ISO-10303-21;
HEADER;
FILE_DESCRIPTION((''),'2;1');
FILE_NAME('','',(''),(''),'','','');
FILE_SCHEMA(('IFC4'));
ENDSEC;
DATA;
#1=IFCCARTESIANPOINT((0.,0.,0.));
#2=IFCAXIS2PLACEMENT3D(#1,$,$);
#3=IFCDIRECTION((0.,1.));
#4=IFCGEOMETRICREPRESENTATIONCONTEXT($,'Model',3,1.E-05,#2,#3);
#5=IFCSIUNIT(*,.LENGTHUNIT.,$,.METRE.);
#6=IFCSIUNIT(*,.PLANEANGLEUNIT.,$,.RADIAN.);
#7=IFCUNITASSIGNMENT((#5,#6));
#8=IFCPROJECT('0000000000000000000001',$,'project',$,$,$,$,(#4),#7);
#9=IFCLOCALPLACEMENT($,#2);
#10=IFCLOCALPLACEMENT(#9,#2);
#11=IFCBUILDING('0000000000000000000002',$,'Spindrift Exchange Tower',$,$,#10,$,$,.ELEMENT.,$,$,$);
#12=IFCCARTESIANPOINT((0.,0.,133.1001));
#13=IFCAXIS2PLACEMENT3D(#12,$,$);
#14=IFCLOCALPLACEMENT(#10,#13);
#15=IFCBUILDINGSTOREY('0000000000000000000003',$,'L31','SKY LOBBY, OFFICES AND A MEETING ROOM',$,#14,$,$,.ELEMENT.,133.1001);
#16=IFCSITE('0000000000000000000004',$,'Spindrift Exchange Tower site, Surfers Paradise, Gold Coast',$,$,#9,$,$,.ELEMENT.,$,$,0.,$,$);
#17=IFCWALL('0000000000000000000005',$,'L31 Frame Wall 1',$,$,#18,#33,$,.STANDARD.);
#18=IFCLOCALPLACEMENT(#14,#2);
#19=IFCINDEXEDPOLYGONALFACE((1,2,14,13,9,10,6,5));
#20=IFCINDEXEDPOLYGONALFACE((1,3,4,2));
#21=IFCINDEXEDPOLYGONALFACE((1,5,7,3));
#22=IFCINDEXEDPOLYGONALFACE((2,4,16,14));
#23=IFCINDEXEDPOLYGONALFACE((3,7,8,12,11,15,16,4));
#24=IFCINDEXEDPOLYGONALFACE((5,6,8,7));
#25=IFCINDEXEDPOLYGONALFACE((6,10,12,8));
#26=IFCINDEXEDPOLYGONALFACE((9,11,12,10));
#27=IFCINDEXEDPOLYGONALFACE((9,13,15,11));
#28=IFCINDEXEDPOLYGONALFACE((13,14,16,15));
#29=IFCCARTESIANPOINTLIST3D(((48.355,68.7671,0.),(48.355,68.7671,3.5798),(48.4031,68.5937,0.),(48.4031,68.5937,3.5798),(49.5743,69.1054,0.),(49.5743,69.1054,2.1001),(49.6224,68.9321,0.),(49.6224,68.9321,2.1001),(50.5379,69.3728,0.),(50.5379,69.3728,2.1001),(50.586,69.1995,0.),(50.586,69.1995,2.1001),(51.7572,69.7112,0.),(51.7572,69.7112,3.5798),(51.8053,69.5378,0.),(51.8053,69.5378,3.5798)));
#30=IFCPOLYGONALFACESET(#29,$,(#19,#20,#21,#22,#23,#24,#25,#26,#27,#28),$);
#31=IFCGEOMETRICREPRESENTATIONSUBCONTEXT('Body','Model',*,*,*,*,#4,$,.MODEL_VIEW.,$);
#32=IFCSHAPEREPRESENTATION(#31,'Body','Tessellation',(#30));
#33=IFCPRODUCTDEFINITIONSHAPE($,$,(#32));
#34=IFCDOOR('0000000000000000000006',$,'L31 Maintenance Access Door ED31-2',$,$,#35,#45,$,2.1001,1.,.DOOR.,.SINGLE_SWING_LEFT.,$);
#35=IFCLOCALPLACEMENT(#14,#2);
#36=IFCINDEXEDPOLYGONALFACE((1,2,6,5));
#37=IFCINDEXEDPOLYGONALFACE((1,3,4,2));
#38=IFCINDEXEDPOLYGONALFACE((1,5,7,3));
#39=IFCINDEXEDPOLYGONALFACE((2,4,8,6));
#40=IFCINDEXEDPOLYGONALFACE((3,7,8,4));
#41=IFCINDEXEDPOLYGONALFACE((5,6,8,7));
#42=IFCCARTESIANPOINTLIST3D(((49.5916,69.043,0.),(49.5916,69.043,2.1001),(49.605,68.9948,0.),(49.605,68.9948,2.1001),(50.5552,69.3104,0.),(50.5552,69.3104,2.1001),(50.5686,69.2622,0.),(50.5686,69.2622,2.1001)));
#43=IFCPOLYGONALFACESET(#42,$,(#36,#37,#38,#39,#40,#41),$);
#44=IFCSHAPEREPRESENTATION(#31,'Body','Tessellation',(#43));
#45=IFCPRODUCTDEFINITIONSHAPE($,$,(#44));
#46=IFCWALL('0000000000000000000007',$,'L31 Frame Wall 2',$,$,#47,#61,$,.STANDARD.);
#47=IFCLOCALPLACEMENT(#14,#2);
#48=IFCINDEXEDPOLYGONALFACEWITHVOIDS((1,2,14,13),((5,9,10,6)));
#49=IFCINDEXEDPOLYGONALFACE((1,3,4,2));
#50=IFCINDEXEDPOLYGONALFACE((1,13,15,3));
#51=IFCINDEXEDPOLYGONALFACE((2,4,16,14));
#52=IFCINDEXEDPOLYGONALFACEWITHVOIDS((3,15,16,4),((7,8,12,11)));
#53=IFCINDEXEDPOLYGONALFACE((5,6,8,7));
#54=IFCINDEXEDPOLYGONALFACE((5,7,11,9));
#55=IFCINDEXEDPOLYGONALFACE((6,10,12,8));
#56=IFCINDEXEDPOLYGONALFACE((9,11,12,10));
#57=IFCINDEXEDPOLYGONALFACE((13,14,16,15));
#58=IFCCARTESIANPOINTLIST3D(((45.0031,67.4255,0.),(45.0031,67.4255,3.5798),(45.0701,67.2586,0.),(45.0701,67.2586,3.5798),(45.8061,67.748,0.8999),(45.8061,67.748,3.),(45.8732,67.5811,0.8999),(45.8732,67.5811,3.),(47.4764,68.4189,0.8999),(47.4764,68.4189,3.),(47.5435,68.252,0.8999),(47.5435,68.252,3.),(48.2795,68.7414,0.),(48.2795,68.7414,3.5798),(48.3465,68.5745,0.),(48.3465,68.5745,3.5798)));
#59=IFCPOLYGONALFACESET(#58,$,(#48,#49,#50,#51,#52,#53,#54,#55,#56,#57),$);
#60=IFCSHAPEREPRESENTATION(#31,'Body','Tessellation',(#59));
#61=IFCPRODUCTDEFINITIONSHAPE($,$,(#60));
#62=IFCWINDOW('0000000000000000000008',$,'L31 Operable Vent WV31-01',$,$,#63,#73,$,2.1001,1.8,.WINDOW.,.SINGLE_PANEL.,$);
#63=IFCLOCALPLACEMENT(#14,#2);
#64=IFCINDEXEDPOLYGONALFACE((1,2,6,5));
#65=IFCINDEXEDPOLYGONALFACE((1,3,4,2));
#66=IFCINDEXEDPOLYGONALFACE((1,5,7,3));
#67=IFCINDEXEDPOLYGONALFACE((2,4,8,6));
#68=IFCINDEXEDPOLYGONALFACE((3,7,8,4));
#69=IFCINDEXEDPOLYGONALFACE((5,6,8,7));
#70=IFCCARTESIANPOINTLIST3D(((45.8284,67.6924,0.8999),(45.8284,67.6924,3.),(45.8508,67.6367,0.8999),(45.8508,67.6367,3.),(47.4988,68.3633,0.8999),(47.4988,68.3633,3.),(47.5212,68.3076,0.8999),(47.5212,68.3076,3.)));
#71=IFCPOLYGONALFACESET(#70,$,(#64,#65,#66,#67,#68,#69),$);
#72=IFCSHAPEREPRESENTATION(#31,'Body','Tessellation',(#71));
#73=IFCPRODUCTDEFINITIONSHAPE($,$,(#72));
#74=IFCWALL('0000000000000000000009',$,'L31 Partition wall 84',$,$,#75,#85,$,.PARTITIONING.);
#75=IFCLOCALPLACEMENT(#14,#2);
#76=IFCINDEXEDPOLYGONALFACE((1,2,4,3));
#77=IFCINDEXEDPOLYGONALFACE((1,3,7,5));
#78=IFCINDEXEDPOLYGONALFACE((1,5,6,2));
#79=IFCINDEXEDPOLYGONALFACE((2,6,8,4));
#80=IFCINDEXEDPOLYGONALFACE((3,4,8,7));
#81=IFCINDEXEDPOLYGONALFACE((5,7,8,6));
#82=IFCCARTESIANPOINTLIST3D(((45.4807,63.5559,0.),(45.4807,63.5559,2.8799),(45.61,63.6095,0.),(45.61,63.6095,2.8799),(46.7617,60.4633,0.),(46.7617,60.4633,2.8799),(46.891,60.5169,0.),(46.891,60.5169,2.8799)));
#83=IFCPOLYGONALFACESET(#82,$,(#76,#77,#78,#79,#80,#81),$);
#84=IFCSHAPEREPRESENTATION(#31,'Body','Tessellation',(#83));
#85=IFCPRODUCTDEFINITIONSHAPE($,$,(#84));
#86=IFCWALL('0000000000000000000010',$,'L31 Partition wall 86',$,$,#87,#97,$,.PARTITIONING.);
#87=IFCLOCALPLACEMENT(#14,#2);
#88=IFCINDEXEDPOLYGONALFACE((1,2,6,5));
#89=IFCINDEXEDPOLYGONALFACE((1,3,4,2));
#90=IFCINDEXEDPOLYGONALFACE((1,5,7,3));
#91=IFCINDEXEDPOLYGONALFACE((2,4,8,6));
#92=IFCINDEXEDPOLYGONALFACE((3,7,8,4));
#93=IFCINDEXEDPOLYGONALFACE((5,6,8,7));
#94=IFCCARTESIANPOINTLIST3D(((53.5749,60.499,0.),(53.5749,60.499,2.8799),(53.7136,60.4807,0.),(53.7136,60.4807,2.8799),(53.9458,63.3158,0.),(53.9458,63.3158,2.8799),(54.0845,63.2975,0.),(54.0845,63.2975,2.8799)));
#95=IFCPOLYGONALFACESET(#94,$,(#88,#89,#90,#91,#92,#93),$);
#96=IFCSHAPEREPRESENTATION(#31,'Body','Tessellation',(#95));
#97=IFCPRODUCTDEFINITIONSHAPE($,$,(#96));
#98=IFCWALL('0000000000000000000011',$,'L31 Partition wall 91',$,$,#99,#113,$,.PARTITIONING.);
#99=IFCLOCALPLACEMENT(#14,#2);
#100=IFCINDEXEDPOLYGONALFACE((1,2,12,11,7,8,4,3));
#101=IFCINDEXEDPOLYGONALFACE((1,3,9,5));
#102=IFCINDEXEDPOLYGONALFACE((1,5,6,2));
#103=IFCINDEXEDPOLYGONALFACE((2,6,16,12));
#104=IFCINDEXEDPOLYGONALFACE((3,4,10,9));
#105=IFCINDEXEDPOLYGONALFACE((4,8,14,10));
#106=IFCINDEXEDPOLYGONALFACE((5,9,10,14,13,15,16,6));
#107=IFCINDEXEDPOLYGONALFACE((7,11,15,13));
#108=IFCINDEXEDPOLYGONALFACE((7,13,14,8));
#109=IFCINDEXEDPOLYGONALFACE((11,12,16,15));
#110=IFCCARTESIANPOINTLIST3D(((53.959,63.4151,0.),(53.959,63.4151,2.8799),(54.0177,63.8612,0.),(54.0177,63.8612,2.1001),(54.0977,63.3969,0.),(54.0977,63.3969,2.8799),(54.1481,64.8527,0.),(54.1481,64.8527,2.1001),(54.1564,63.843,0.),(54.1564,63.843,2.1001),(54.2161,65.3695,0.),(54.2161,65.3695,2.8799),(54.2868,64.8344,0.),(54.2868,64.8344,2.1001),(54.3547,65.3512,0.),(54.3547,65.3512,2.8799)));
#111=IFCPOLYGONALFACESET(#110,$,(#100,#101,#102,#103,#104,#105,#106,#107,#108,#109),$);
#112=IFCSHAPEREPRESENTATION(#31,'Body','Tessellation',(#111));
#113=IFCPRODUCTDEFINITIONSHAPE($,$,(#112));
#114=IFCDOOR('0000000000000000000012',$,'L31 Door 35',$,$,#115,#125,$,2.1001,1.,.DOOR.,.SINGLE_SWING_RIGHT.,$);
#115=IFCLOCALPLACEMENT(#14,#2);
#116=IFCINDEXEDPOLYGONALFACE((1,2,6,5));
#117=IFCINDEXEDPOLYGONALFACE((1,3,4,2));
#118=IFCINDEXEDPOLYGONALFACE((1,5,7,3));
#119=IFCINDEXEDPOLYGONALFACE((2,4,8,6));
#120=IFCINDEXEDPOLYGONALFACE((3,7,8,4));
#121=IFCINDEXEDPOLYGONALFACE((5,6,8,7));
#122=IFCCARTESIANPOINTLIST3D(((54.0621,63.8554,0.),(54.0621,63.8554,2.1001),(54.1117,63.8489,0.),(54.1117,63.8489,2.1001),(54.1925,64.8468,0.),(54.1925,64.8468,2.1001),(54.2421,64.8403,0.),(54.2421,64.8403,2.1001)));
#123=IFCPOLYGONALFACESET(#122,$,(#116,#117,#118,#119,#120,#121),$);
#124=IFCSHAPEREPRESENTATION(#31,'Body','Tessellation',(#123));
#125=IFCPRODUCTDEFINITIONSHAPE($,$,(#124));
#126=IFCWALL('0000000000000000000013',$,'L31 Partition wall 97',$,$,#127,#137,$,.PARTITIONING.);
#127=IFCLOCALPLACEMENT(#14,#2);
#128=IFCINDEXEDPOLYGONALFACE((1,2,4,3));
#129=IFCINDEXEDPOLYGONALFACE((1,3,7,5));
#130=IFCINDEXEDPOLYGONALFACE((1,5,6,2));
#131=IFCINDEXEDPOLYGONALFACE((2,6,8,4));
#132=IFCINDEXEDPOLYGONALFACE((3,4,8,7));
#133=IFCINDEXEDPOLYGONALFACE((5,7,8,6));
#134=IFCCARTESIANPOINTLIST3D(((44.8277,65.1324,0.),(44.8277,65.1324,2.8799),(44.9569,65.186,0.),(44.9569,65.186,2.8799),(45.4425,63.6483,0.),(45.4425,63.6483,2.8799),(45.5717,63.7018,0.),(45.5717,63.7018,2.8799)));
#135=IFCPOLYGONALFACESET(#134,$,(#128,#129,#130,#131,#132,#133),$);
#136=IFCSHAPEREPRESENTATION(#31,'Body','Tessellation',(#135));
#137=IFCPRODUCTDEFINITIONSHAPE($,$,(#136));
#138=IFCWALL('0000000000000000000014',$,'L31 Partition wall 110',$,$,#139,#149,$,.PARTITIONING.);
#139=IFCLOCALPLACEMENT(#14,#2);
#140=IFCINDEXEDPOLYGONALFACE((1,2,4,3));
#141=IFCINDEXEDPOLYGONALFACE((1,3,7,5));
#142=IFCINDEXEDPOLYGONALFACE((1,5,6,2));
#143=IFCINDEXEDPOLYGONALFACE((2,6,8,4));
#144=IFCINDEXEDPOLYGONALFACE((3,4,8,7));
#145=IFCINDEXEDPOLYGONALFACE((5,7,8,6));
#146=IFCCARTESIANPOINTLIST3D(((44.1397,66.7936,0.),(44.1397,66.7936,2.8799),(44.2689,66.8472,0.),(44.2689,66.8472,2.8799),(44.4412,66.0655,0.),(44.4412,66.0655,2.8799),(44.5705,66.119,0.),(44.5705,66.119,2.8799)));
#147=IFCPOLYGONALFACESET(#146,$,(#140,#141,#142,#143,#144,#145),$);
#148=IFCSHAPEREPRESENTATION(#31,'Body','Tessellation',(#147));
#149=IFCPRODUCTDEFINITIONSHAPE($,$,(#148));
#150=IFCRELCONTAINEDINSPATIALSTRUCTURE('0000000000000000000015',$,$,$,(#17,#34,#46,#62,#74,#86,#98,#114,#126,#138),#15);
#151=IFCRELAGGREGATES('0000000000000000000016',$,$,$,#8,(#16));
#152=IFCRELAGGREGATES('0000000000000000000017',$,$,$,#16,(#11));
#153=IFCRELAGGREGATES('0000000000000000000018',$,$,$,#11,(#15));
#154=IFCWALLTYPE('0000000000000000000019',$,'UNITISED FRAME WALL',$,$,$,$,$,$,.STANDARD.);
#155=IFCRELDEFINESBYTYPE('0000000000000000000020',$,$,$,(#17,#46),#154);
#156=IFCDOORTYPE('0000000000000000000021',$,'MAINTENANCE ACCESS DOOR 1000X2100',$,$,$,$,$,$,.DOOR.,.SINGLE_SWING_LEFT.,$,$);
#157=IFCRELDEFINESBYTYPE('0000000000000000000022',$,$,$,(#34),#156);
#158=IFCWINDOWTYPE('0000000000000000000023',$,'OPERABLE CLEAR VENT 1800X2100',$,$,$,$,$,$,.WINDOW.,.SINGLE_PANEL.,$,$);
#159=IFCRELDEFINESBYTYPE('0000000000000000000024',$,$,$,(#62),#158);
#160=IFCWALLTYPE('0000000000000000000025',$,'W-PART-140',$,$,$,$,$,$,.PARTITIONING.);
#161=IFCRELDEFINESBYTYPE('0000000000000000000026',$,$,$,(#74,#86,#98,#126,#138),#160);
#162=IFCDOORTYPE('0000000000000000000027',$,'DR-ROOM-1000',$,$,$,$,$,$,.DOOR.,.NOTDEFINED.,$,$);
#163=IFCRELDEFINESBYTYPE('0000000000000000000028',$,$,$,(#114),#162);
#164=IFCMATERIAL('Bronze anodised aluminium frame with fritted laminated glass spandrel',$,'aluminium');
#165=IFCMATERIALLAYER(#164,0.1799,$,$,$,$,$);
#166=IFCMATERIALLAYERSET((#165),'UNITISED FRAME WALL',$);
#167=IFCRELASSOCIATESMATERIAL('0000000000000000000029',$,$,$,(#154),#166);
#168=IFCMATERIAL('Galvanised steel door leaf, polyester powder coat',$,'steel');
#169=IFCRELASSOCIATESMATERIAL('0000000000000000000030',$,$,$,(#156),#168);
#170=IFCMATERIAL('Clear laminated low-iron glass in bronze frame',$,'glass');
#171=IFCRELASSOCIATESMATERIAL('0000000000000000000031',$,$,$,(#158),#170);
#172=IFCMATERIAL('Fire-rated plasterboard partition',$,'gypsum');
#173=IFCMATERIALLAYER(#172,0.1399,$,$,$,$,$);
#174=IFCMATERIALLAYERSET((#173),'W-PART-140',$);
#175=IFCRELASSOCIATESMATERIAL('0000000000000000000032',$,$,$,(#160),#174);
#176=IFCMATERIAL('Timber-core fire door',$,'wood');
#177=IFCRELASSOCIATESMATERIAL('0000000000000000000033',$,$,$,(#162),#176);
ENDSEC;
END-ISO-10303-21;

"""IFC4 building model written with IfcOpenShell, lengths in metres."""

from ifc_helpers import new_model, si_unit, direction, frame, frame_2d, origin, place, context, subcontext, project, spatial, rectangle, extrude, source, transform, mapped, material, layer, layer_set, type_object, element, fill, save


model = new_model("IFC4")

# Units and contexts
model_context = context("Model", 3, precision=1e-05, world=origin(), true_north=direction((0.0, 1.0)))
body_context = subcontext(model_context, "Body", "Model", "MODEL_VIEW")
ifc_project = project(units=[si_unit("LENGTHUNIT", "METRE"), si_unit("PLANEANGLEUNIT", "RADIAN")], contexts=[model_context])

# Site, building, storey
site_placement = place(None, origin())
site = spatial("IfcSite", under=ifc_project, at=site_placement, Name="Spindrift Exchange Tower site, Surfers Paradise, Gold Coast", CompositionType="ELEMENT", RefElevation=0.0)
building_placement = place(site_placement, origin())
building = spatial("IfcBuilding", under=site, at=building_placement, Name="Spindrift Exchange Tower", CompositionType="ELEMENT")
storey_placement = place(building_placement, frame((0.0, 0.0, 133.1001)))
storey = spatial("IfcBuildingStorey", under=building, at=storey_placement, Name="L31", Description="SKY LOBBY, OFFICES AND A MEETING ROOM", CompositionType="ELEMENT", Elevation=133.1001)

# Wall, opening, door
ifc_material_1 = material(Name="Bronze anodised aluminium frame with fritted laminated glass spandrel", Category="aluminium")
ifc_layer_1 = layer(ifc_material_1, 0.1799)
ifc_layer_set_1 = layer_set([ifc_layer_1], Name="UNITISED FRAME WALL")
wall_type_1 = type_object("IfcWallType", Name="UNITISED FRAME WALL", PredefinedType="STANDARD", material=ifc_layer_set_1)
wall_1_placement = place(storey_placement, frame((51.7812, 69.6245, 0.0), z_axis=(0.0, 0.0, 1.0), x_axis=(-0.963586, -0.267398, 0.0)))
wall_1 = element("IfcWall", 1, at=wall_1_placement, inside=storey, type_object=wall_type_1, Name="L31 Frame Wall 1", PredefinedType="STANDARD", context=body_context, shape_type="SweptSolid", body=[
    extrude(rectangle(XDim=3.5308, YDim=0.1799, at=frame_2d((1.7654, 0.0))), origin(), (0.0, 0.0, 1.0), 3.5798),
])
opening_1_placement = place(wall_1_placement, frame((1.2654, 0.0, 0.0)))
opening_1 = element("IfcOpeningElement", 2, at=opening_1_placement, cuts=wall_1, PredefinedType="OPENING", context=body_context, shape_type="SweptSolid", body=[
    extrude(rectangle(XDim=1.0, YDim=2.1001, at=frame_2d((0.5, 1.05))), frame((0.0, 0.0999, 0.0), z_axis=(0.0, -1.0, 0.0), x_axis=(1.0, 0.0, 0.0)), (0.0, 0.0, 1.0), 0.2),
])
ifc_material_2 = material(Name="Galvanised steel door leaf, polyester powder coat", Category="steel")
door_type_1 = type_object("IfcDoorType", Name="MAINTENANCE ACCESS DOOR 1000X2100", OperationType="SINGLE_SWING_LEFT", PredefinedType="DOOR", material=ifc_material_2)
shared_shape_1 = source(origin(), body_context, "Body", "SweptSolid", [
    extrude(rectangle(XDim=1.0, YDim=2.1001, at=frame_2d((0.5, 1.05))), frame((0.0, 0.0249, 0.0), z_axis=(0.0, -1.0, 0.0), x_axis=(1.0, 0.0, 0.0)), (0.0, 0.0, 1.0), 0.05),
])
door_1_placement = place(opening_1_placement, origin())
door_1 = element("IfcDoor", 3, at=door_1_placement, inside=storey, type_object=door_type_1, Name="L31 Maintenance Access Door ED31-2", OperationType="SINGLE_SWING_LEFT", OverallHeight=2.1001, OverallWidth=1.0, PredefinedType="DOOR", context=body_context, shape_type="MappedRepresentation", body=[
    mapped(shared_shape_1, transform((0.0, 0.0, 0.0), scale=1.0)),
])
fill(opening_1, door_1)

# Wall, opening, window
wall_2_placement = place(storey_placement, frame((48.313, 68.658, 0.0), z_axis=(0.0, 0.0, 1.0), x_axis=(-0.927951, -0.372702, 0.0)))
wall_2 = element("IfcWall", 4, at=wall_2_placement, inside=storey, type_object=wall_type_1, Name="L31 Frame Wall 2", PredefinedType="STANDARD", context=body_context, shape_type="SweptSolid", body=[
    extrude(rectangle(XDim=3.5308, YDim=0.1799, at=frame_2d((1.7654, 0.0))), origin(), (0.0, 0.0, 1.0), 3.5798),
])
opening_2_placement = place(wall_2_placement, frame((0.8655, 0.0, 0.8999)))
opening_2 = element("IfcOpeningElement", 5, at=opening_2_placement, cuts=wall_2, PredefinedType="OPENING", context=body_context, shape_type="SweptSolid", body=[
    extrude(rectangle(XDim=1.8, YDim=2.1001, at=frame_2d((0.8999, 1.05))), frame((0.0, 0.0999, 0.0), z_axis=(0.0, -1.0, 0.0), x_axis=(1.0, 0.0, 0.0)), (0.0, 0.0, 1.0), 0.2),
])
ifc_material_3 = material(Name="Clear laminated low-iron glass in bronze frame", Category="glass")
window_type = type_object("IfcWindowType", Name="OPERABLE CLEAR VENT 1800X2100", PartitioningType="SINGLE_PANEL", PredefinedType="WINDOW", material=ifc_material_3)
shared_shape_2 = source(origin(), body_context, "Body", "SweptSolid", [
    extrude(rectangle(XDim=1.8, YDim=2.1001, at=frame_2d((0.8999, 1.05))), frame((0.0, 0.03, 0.0), z_axis=(0.0, -1.0, 0.0), x_axis=(1.0, 0.0, 0.0)), (0.0, 0.0, 1.0), 0.0601),
])
window_placement = place(opening_2_placement, origin())
window = element("IfcWindow", 6, at=window_placement, inside=storey, type_object=window_type, Name="L31 Operable Vent WV31-01", OverallHeight=2.1001, OverallWidth=1.8, PartitioningType="SINGLE_PANEL", PredefinedType="WINDOW", context=body_context, shape_type="MappedRepresentation", body=[
    mapped(shared_shape_2, transform((0.0, 0.0, 0.0), scale=1.0)),
])
fill(opening_2, window)

# Walls
ifc_material_4 = material(Name="Fire-rated plasterboard partition", Category="gypsum")
ifc_layer_2 = layer(ifc_material_4, 0.1399)
ifc_layer_set_2 = layer_set([ifc_layer_2], Name="W-PART-140")
wall_type_2 = type_object("IfcWallType", Name="W-PART-140", PredefinedType="PARTITIONING", material=ifc_layer_set_2)
wall_3_placement = place(storey_placement, frame((46.8264, 60.49, 0.0), z_axis=(0.0, 0.0, 1.0), x_axis=(-0.382693, 0.923875, 0.0)))
element("IfcWall", 7, at=wall_3_placement, inside=storey, type_object=wall_type_2, Name="L31 Partition wall 84", PredefinedType="PARTITIONING", context=body_context, shape_type="SweptSolid", body=[
    extrude(rectangle(XDim=3.3474, YDim=0.1399, at=frame_2d((1.6738, 0.0))), origin(), (0.0, 0.0, 1.0), 2.8799),
])
wall_4_placement = place(storey_placement, frame((53.6443, 60.49, 0.0), z_axis=(0.0, 0.0, 1.0), x_axis=(0.130537, 0.991443, 0.0)))
element("IfcWall", 8, at=wall_4_placement, inside=storey, type_object=wall_type_2, Name="L31 Partition wall 86", PredefinedType="PARTITIONING", context=body_context, shape_type="SweptSolid", body=[
    extrude(rectangle(XDim=2.8411, YDim=0.1399, at=frame_2d((1.4204, 0.0))), origin(), (0.0, 0.0, 1.0), 2.8799),
])

# Wall, opening, door
wall_5_placement = place(storey_placement, frame((54.2854, 65.3604, 0.0), z_axis=(0.0, 0.0, 1.0), x_axis=(-0.130419, -0.991459, 0.0)))
wall_5 = element("IfcWall", 9, at=wall_5_placement, inside=storey, type_object=wall_type_2, Name="L31 Partition wall 91", PredefinedType="PARTITIONING", context=body_context, shape_type="SweptSolid", body=[
    extrude(rectangle(XDim=1.9712, YDim=0.1399, at=frame_2d((0.9856, 0.0))), origin(), (0.0, 0.0, 1.0), 2.8799),
])
opening_3_placement = place(wall_5_placement, frame((0.5212, 0.0, 0.0)))
opening_3 = element("IfcOpeningElement", 10, at=opening_3_placement, cuts=wall_5, PredefinedType="OPENING", context=body_context, shape_type="SweptSolid", body=[
    extrude(rectangle(XDim=1.0, YDim=2.1001, at=frame_2d((0.5, 1.05))), frame((0.0, 0.0798, 0.0), z_axis=(0.0, -1.0, 0.0), x_axis=(1.0, 0.0, 0.0)), (0.0, 0.0, 1.0), 0.1599),
])
ifc_material_5 = material(Name="Timber-core fire door", Category="wood")
door_type_2 = type_object("IfcDoorType", Name="DR-ROOM-1000", OperationType="NOTDEFINED", PredefinedType="DOOR", material=ifc_material_5)
shared_shape_3 = source(origin(), body_context, "Body", "SweptSolid", [
    extrude(rectangle(XDim=1.0, YDim=2.1001, at=frame_2d((0.5, 1.05))), frame((0.0, 0.0249, 0.0), z_axis=(0.0, -1.0, 0.0), x_axis=(1.0, 0.0, 0.0)), (0.0, 0.0, 1.0), 0.05),
])
door_2_placement = place(opening_3_placement, origin())
door_2 = element("IfcDoor", 11, at=door_2_placement, inside=storey, type_object=door_type_2, Name="L31 Door 35", OperationType="SINGLE_SWING_RIGHT", OverallHeight=2.1001, OverallWidth=1.0, PredefinedType="DOOR", context=body_context, shape_type="MappedRepresentation", body=[
    mapped(shared_shape_3, transform((0.0, 0.0, 0.0), scale=1.0)),
])
fill(opening_3, door_2)

# Walls
wall_6_placement = place(storey_placement, frame((45.5071, 63.675, 0.0), z_axis=(0.0, 0.0, 1.0), x_axis=(-0.382683, 0.92388, 0.0)))
element("IfcWall", 12, at=wall_6_placement, inside=storey, type_object=wall_type_2, Name="L31 Partition wall 97", PredefinedType="PARTITIONING", context=body_context, shape_type="SweptSolid", body=[
    extrude(rectangle(XDim=1.6064, YDim=0.1399, at=frame_2d((0.8032, 0.0))), origin(), (0.0, 0.0, 1.0), 2.8799),
])
wall_7_placement = place(storey_placement, frame((44.5059, 66.0923, 0.0), z_axis=(0.0, 0.0, 1.0), x_axis=(-0.382635, 0.9239, 0.0)))
element("IfcWall", 13, at=wall_7_placement, inside=storey, type_object=wall_type_2, Name="L31 Partition wall 110", PredefinedType="PARTITIONING", context=body_context, shape_type="SweptSolid", body=[
    extrude(rectangle(XDim=0.7881, YDim=0.1399, at=frame_2d((0.394, 0.0))), origin(), (0.0, 0.0, 1.0), 2.8799),
])

save(model, "model.ifc")
